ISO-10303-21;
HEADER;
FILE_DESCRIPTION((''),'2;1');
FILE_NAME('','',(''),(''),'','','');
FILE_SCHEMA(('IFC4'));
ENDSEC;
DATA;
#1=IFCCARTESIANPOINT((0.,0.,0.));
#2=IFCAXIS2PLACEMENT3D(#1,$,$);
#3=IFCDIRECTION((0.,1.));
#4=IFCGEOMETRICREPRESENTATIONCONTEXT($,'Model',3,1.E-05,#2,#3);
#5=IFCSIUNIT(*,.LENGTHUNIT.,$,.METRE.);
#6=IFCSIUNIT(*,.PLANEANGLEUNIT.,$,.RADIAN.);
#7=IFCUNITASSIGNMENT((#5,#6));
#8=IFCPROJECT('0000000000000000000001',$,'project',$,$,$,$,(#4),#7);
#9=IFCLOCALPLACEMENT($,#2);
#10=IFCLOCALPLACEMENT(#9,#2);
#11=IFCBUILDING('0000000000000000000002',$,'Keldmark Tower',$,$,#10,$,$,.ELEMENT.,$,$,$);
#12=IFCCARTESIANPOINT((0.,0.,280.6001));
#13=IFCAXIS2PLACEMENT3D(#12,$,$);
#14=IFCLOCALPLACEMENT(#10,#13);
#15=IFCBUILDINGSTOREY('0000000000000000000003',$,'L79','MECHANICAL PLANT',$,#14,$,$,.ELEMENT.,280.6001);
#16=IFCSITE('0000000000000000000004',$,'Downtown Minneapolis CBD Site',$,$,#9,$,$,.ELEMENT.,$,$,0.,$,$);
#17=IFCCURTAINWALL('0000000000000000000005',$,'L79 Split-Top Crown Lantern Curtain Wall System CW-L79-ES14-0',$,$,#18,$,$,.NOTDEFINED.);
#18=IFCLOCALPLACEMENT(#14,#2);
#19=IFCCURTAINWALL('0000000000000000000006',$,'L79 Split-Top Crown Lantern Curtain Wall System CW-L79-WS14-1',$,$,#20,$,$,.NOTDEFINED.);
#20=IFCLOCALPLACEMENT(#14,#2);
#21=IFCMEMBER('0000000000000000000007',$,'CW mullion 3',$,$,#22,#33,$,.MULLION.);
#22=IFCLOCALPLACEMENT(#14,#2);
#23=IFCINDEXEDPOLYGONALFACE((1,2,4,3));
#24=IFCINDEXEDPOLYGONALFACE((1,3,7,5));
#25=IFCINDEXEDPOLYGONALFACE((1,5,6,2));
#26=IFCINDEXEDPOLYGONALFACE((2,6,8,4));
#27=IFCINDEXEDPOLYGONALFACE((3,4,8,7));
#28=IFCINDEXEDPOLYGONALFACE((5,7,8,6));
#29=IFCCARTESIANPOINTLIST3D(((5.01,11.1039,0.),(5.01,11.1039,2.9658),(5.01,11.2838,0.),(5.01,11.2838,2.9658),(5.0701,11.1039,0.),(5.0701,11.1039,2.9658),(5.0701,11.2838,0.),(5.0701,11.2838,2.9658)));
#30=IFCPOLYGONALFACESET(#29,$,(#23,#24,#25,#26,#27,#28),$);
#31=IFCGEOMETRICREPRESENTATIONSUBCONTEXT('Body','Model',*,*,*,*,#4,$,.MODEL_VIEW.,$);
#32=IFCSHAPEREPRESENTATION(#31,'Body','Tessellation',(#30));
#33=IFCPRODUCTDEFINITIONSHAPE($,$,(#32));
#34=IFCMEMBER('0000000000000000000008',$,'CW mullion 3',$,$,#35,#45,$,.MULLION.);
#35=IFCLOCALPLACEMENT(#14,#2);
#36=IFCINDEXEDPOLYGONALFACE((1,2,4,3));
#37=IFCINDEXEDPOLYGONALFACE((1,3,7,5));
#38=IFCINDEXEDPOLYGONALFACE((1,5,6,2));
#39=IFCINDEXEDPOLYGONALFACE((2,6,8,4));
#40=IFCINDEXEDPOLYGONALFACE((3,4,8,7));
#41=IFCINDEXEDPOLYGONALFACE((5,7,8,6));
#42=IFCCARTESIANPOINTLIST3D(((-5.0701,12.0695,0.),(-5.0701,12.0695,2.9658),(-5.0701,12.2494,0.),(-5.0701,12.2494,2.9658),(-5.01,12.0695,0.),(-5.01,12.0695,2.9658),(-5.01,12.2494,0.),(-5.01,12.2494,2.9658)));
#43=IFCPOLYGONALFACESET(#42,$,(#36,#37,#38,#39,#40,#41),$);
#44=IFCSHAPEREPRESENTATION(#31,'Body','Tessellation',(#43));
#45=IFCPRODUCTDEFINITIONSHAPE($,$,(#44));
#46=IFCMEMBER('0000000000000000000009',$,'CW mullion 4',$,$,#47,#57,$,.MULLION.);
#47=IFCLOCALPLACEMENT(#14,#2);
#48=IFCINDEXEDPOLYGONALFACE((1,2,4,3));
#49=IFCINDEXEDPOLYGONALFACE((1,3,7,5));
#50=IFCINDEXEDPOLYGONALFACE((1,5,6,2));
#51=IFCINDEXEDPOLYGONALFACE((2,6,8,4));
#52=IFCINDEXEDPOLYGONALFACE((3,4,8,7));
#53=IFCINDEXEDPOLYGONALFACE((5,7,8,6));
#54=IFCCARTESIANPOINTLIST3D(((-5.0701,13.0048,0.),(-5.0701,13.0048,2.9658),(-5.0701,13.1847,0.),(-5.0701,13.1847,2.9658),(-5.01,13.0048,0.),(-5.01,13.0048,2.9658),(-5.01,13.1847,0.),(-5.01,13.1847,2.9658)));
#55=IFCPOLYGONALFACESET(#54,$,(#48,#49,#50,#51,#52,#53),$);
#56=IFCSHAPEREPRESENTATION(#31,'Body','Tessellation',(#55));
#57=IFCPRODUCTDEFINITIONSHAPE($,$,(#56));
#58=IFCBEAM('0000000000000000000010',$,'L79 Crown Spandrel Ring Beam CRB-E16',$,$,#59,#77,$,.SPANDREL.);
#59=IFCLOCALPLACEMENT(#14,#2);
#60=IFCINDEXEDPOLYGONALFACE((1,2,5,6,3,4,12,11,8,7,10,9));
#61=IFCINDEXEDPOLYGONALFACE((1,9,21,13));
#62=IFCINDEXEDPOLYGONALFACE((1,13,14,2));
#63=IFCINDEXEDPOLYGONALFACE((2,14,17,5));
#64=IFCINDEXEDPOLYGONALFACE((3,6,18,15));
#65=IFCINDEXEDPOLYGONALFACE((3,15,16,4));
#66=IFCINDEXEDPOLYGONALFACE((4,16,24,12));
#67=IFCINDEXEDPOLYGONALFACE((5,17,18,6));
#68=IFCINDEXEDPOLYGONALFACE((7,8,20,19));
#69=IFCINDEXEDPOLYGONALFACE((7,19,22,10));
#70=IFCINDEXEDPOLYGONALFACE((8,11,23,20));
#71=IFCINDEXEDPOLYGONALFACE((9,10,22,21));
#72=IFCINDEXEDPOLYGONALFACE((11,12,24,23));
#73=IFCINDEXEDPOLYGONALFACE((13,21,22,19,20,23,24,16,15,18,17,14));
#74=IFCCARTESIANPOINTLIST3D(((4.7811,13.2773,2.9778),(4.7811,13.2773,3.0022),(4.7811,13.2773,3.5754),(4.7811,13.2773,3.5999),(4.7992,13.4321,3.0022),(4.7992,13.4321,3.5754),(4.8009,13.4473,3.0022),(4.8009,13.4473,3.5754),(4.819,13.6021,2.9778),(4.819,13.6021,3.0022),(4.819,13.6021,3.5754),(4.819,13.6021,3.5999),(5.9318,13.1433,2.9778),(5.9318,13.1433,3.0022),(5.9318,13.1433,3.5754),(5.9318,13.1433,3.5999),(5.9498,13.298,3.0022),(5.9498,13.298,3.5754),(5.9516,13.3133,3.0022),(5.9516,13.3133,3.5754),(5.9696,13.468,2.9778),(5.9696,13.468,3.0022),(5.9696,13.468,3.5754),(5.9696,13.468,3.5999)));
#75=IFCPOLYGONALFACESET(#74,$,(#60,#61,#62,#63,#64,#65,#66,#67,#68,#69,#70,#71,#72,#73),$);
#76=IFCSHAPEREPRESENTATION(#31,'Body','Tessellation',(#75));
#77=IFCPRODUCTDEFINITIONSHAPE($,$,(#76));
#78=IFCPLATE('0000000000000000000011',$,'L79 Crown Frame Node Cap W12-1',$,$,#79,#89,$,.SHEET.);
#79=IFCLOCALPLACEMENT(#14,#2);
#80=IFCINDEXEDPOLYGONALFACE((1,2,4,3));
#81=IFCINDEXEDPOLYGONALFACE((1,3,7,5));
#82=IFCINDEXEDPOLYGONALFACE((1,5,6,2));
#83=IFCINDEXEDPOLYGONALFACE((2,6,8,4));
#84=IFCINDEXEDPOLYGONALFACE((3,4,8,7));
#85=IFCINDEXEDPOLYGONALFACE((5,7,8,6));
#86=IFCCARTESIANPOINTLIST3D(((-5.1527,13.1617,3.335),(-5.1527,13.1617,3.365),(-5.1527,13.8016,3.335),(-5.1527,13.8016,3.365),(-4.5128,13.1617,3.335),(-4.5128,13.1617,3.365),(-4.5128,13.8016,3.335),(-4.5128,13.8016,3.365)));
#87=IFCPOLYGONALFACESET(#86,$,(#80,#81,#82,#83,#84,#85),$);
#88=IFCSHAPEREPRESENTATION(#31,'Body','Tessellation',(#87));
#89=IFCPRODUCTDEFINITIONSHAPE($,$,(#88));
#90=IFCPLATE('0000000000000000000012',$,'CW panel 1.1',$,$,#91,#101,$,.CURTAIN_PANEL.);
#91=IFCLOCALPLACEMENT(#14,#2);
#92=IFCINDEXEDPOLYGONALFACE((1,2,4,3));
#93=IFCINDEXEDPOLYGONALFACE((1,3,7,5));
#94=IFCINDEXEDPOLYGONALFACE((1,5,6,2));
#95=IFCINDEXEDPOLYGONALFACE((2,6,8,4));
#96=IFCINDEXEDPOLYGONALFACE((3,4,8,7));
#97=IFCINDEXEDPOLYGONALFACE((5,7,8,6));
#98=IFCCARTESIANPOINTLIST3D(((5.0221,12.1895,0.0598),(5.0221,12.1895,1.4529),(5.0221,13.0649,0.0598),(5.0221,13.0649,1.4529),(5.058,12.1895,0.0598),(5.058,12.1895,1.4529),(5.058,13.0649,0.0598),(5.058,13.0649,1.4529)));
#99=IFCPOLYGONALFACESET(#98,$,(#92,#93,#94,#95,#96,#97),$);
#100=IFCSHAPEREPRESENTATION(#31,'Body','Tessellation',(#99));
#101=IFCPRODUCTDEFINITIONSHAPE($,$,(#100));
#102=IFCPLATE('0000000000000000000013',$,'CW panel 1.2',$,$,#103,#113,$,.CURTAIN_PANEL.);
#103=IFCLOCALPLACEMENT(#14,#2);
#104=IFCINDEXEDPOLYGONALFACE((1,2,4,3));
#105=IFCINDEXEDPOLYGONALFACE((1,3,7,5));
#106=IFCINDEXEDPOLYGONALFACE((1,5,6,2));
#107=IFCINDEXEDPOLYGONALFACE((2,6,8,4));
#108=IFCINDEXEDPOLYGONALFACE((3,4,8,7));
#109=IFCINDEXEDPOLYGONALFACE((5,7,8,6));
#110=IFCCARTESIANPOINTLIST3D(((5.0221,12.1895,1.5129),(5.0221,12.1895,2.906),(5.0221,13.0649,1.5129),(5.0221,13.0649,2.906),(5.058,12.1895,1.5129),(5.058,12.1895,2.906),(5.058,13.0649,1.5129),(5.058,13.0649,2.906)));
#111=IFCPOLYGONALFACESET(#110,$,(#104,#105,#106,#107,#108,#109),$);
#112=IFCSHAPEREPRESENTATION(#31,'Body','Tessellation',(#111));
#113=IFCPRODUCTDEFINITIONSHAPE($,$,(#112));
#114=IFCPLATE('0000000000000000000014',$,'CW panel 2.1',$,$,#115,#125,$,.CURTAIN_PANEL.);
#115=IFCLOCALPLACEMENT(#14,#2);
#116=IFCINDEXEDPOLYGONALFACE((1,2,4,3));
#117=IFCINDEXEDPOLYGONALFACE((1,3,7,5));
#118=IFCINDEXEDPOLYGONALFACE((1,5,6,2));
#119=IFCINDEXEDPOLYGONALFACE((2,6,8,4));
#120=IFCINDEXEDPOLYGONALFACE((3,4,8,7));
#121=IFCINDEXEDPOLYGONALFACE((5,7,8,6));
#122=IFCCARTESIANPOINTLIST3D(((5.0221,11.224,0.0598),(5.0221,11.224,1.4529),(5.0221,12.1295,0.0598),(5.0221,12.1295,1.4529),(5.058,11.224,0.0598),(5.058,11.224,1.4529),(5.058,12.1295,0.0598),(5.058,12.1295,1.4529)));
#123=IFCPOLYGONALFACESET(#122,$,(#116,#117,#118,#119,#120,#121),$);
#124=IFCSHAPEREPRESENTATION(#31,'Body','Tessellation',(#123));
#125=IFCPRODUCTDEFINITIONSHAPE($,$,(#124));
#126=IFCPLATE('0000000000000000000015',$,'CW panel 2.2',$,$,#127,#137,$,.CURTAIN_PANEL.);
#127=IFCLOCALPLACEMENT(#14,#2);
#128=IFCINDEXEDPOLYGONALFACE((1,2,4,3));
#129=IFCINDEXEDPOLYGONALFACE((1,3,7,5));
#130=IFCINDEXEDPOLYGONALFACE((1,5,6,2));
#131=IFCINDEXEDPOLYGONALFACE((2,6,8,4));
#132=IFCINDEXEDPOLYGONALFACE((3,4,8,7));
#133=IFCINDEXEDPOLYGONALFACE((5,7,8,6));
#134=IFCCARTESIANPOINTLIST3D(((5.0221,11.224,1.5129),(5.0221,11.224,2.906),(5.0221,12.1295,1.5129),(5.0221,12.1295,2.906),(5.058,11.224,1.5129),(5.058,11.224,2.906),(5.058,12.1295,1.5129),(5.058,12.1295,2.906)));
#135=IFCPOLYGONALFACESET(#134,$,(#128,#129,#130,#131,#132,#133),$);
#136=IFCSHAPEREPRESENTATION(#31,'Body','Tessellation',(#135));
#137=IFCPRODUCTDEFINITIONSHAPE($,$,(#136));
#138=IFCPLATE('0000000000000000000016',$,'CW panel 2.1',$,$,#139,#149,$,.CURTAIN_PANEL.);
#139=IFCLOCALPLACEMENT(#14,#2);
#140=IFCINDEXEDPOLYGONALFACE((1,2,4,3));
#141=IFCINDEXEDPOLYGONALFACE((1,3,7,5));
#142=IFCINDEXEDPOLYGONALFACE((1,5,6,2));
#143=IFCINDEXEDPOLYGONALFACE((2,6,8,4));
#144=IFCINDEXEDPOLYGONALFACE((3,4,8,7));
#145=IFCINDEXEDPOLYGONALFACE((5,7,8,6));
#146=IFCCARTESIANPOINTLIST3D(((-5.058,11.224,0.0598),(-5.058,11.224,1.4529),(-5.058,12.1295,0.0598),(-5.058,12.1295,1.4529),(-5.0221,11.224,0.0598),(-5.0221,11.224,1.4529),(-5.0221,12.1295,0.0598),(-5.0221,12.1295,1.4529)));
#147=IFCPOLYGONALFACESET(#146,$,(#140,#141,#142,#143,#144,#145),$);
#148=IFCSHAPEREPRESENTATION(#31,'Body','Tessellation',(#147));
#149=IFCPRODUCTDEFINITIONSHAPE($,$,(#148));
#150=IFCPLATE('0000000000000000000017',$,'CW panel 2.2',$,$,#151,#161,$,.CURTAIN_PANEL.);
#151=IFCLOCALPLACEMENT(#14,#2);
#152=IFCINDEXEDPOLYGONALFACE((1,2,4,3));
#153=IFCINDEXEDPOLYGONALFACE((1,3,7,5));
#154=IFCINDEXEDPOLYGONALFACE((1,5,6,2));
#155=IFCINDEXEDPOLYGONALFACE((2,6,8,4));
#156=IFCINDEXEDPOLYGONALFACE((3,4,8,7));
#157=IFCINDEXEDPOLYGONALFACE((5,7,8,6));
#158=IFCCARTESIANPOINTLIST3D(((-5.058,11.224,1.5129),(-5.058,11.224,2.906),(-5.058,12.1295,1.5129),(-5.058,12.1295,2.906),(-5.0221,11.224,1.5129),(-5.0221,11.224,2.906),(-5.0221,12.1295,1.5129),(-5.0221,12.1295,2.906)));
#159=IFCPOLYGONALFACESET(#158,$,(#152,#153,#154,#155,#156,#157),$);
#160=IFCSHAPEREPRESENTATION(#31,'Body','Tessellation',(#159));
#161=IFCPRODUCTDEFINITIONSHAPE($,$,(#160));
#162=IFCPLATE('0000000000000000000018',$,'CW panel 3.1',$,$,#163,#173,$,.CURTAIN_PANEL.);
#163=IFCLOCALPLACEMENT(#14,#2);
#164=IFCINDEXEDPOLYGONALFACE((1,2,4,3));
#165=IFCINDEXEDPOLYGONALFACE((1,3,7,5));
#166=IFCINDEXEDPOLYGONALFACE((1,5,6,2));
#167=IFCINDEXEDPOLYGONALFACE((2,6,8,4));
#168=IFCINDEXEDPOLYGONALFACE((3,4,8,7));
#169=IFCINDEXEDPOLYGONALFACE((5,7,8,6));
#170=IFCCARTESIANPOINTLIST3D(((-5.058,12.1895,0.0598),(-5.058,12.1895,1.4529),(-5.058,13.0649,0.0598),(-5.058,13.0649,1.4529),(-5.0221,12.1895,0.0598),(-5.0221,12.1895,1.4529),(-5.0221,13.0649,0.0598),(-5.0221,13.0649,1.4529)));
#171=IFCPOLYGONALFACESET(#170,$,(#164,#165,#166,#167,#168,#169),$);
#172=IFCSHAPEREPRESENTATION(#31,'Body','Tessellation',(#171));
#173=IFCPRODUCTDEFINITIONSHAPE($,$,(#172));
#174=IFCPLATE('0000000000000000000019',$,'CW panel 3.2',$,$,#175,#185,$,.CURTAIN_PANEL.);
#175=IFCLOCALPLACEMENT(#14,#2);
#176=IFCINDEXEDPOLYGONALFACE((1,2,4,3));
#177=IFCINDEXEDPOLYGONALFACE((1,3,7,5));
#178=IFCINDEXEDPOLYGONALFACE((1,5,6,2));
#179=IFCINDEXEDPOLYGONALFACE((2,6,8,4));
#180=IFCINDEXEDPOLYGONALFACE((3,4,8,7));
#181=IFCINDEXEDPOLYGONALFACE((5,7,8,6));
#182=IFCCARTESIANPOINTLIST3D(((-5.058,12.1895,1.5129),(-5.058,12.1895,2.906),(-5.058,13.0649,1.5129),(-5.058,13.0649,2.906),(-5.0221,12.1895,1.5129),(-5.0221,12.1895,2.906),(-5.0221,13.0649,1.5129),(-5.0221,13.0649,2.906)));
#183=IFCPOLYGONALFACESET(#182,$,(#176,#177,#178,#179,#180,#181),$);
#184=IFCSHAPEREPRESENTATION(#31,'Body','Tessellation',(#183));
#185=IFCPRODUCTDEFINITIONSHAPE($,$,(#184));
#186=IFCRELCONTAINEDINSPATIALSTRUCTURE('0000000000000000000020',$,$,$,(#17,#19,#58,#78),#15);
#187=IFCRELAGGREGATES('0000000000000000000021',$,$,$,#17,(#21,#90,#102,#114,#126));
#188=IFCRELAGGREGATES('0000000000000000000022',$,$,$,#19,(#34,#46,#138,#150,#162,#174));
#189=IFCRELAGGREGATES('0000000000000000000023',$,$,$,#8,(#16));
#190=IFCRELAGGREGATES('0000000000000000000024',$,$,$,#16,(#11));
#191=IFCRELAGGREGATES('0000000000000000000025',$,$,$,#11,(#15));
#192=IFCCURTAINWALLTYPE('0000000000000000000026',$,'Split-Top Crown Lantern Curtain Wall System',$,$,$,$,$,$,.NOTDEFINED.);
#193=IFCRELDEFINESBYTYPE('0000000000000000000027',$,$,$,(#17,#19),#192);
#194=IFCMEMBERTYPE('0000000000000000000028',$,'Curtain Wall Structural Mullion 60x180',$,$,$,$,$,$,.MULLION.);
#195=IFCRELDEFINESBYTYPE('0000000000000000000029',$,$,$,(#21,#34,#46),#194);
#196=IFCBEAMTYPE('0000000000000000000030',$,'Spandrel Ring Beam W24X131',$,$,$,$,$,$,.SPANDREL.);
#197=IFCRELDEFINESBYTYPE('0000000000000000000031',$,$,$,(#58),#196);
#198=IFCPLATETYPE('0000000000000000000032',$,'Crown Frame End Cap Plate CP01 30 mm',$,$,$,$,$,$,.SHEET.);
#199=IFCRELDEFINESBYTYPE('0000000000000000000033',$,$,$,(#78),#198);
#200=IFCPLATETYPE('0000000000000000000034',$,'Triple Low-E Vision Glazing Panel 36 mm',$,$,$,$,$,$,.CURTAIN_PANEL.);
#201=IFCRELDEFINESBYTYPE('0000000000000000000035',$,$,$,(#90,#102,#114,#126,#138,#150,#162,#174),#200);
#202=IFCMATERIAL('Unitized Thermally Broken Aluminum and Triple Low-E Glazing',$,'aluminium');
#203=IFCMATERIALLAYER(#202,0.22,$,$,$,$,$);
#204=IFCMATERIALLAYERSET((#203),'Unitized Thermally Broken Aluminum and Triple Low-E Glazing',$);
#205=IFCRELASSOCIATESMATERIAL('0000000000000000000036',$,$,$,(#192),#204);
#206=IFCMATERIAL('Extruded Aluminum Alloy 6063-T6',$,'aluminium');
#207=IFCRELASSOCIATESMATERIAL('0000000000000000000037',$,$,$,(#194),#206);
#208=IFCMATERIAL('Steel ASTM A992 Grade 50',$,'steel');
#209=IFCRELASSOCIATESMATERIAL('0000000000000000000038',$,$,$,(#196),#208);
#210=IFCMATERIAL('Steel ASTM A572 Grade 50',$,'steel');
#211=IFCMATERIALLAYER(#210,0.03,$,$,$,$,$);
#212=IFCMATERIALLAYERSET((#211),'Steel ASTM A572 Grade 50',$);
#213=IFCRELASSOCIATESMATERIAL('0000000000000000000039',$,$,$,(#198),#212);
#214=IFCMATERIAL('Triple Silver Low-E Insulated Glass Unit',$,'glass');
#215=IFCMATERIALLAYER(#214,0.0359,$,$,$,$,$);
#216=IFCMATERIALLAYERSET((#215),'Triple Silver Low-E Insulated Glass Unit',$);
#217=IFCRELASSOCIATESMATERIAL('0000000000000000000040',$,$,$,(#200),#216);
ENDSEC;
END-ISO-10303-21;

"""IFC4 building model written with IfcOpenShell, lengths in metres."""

from ifc_helpers import new_model, si_unit, direction, frame, origin, origin_2d, place, context, subcontext, project, spatial, rectangle, i_section, extrude, material, layer, layer_set, material_profile, profile_set, type_object, element, aggregate, save


model = new_model("IFC4")

# Units and contexts
model_context = context("Model", 3, precision=1e-05, world=origin(), true_north=direction((0.0, 1.0)))
body_context = subcontext(model_context, "Body", "Model", "MODEL_VIEW")
ifc_project = project(units=[si_unit("LENGTHUNIT", "METRE"), si_unit("PLANEANGLEUNIT", "RADIAN")], contexts=[model_context])

# Site, building, storey
site_placement = place(None, origin())
site = spatial("IfcSite", under=ifc_project, at=site_placement, Name="Downtown Minneapolis CBD Site", CompositionType="ELEMENT", RefElevation=0.0)
building_placement = place(site_placement, origin())
building = spatial("IfcBuilding", under=site, at=building_placement, Name="Keldmark Tower", CompositionType="ELEMENT")
storey_placement = place(building_placement, frame((0.0, 0.0, 280.6001)))
storey = spatial("IfcBuildingStorey", under=building, at=storey_placement, Name="L79", Description="MECHANICAL PLANT", CompositionType="ELEMENT", Elevation=280.6001)

# Curtain walls
ifc_material_1 = material(Name="Unitized Thermally Broken Aluminum and Triple Low-E Glazing", Category="aluminium")
ifc_layer_1 = layer(ifc_material_1, 0.22)
ifc_layer_set_1 = layer_set([ifc_layer_1], Name="Unitized Thermally Broken Aluminum and Triple Low-E Glazing")
curtain_wall_type = type_object("IfcCurtainWallType", Name="Split-Top Crown Lantern Curtain Wall System", PredefinedType="NOTDEFINED", material=ifc_layer_set_1)
curtain_wall_1_placement = place(storey_placement, origin())
curtain_wall_1 = element("IfcCurtainWall", 1, at=curtain_wall_1_placement, inside=storey, type_object=curtain_wall_type, Name="L79 Split-Top Crown Lantern Curtain Wall System CW-L79-ES14-0", PredefinedType="NOTDEFINED")
curtain_wall_2_placement = place(storey_placement, origin())
curtain_wall_2 = element("IfcCurtainWall", 2, at=curtain_wall_2_placement, inside=storey, type_object=curtain_wall_type, Name="L79 Split-Top Crown Lantern Curtain Wall System CW-L79-WS14-1", PredefinedType="NOTDEFINED")

# Members
ifc_material_2 = material(Name="Extruded Aluminum Alloy 6063-T6", Category="aluminium")
ifc_material_profile_1 = material_profile(ifc_material_2, rectangle(XDim=0.0601, YDim=0.1799, at=origin_2d()), Name="CWM60X180")
ifc_profile_set_1 = profile_set([ifc_material_profile_1], Name="Extruded Aluminum Alloy 6063-T6")
member_type_1 = type_object("IfcMemberType", Name="Curtain Wall Structural Mullion 60x180", PredefinedType="MULLION", material=ifc_profile_set_1)
member_1_placement = place(storey_placement, frame((5.04, 11.1938, 0.0), z_axis=(0.0, 0.0, 1.0), x_axis=(1.0, 0.0, 0.0)))
member_1 = element("IfcMember", 3, at=member_1_placement, type_object=member_type_1, Name="CW mullion 3", PredefinedType="MULLION", context=body_context, shape_type="SweptSolid", body=[
    extrude(rectangle(XDim=0.0601, YDim=0.1799, at=origin_2d()), origin(), (0.0, 0.0, 1.0), 2.9658),
])
member_2_placement = place(storey_placement, frame((-5.04, 12.1594, 0.0), z_axis=(0.0, 0.0, 1.0), x_axis=(-1.0, 0.0, 0.0)))
member_2 = element("IfcMember", 4, at=member_2_placement, type_object=member_type_1, Name="CW mullion 3", PredefinedType="MULLION", context=body_context, shape_type="SweptSolid", body=[
    extrude(rectangle(XDim=0.0601, YDim=0.1799, at=origin_2d()), origin(), (0.0, 0.0, 1.0), 2.9658),
])
member_3_placement = place(storey_placement, frame((-5.04, 13.0947, 0.0), z_axis=(0.0, 0.0, 1.0), x_axis=(-1.0, 0.0, 0.0)))
member_3 = element("IfcMember", 5, at=member_3_placement, type_object=member_type_1, Name="CW mullion 4", PredefinedType="MULLION", context=body_context, shape_type="SweptSolid", body=[
    extrude(rectangle(XDim=0.0601, YDim=0.1799, at=origin_2d()), origin(), (0.0, 0.0, 1.0), 2.9658),
])

# Beam
ifc_material_3 = material(Name="Steel ASTM A992 Grade 50", Category="steel")
ifc_material_profile_2 = material_profile(ifc_material_3, i_section(OverallWidth=0.3269, OverallDepth=0.6221, WebThickness=0.0154, FlangeThickness=0.0244, at=origin_2d()), Name="W24X131")
ifc_profile_set_2 = profile_set([ifc_material_profile_2], Name="Steel ASTM A992 Grade 50")
beam_type = type_object("IfcBeamType", Name="Spandrel Ring Beam W24X131", PredefinedType="SPANDREL", material=ifc_profile_set_2)
beam_placement = place(storey_placement, frame((4.8, 13.4397, 3.2888), z_axis=(0.993284, -0.115704, 0.0), x_axis=(0.115704, 0.993284, 0.0)))
element("IfcBeam", 6, at=beam_placement, inside=storey, type_object=beam_type, Name="L79 Crown Spandrel Ring Beam CRB-E16", PredefinedType="SPANDREL", context=body_context, shape_type="SweptSolid", body=[
    extrude(i_section(OverallWidth=0.3269, OverallDepth=0.6221, WebThickness=0.0154, FlangeThickness=0.0244, at=origin_2d()), origin(), (0.0, 0.0, 1.0), 1.1584),
])

# Plates
ifc_material_4 = material(Name="Steel ASTM A572 Grade 50", Category="steel")
ifc_layer_2 = layer(ifc_material_4, 0.03)
ifc_layer_set_2 = layer_set([ifc_layer_2], Name="Steel ASTM A572 Grade 50")
plate_type_1 = type_object("IfcPlateType", Name="Crown Frame End Cap Plate CP01 30 mm", PredefinedType="SHEET", material=ifc_layer_set_2)
plate_1_placement = place(storey_placement, frame((-4.8328, 13.4817, 3.335), z_axis=(0.0, 0.0, 1.0), x_axis=(1.0, 0.0, 0.0)))
element("IfcPlate", 7, at=plate_1_placement, inside=storey, type_object=plate_type_1, Name="L79 Crown Frame Node Cap W12-1", PredefinedType="SHEET", context=body_context, shape_type="SweptSolid", body=[
    extrude(rectangle(XDim=0.6399, YDim=0.6399, at=origin_2d()), origin(), (0.0, 0.0, 1.0), 0.03),
])
ifc_material_5 = material(Name="Triple Silver Low-E Insulated Glass Unit", Category="glass")
ifc_layer_3 = layer(ifc_material_5, 0.0359)
ifc_layer_set_3 = layer_set([ifc_layer_3], Name="Triple Silver Low-E Insulated Glass Unit")
plate_type_2 = type_object("IfcPlateType", Name="Triple Low-E Vision Glazing Panel 36 mm", PredefinedType="CURTAIN_PANEL", material=ifc_layer_set_3)
plate_2_placement = place(storey_placement, frame((5.04, 12.6272, 0.0598), z_axis=(0.0, 0.0, 1.0), x_axis=(0.0, -1.0, 0.0)))
plate_2 = element("IfcPlate", 8, at=plate_2_placement, type_object=plate_type_2, Name="CW panel 1.1", PredefinedType="CURTAIN_PANEL", context=body_context, shape_type="SweptSolid", body=[
    extrude(rectangle(XDim=0.8755, YDim=0.0359, at=origin_2d()), origin(), (0.0, 0.0, 1.0), 1.3931),
])
plate_3_placement = place(storey_placement, frame((5.04, 12.6272, 1.5129), z_axis=(0.0, 0.0, 1.0), x_axis=(0.0, -1.0, 0.0)))
plate_3 = element("IfcPlate", 9, at=plate_3_placement, type_object=plate_type_2, Name="CW panel 1.2", PredefinedType="CURTAIN_PANEL", context=body_context, shape_type="SweptSolid", body=[
    extrude(rectangle(XDim=0.8755, YDim=0.0359, at=origin_2d()), origin(), (0.0, 0.0, 1.0), 1.3931),
])
plate_4_placement = place(storey_placement, frame((5.04, 11.6768, 0.0598), z_axis=(0.0, 0.0, 1.0), x_axis=(0.0, -1.0, 0.0)))
plate_4 = element("IfcPlate", 10, at=plate_4_placement, type_object=plate_type_2, Name="CW panel 2.1", PredefinedType="CURTAIN_PANEL", context=body_context, shape_type="SweptSolid", body=[
    extrude(rectangle(XDim=0.9055, YDim=0.0359, at=origin_2d()), origin(), (0.0, 0.0, 1.0), 1.3931),
])
plate_5_placement = place(storey_placement, frame((5.04, 11.6768, 1.5129), z_axis=(0.0, 0.0, 1.0), x_axis=(0.0, -1.0, 0.0)))
plate_5 = element("IfcPlate", 11, at=plate_5_placement, type_object=plate_type_2, Name="CW panel 2.2", PredefinedType="CURTAIN_PANEL", context=body_context, shape_type="SweptSolid", body=[
    extrude(rectangle(XDim=0.9055, YDim=0.0359, at=origin_2d()), origin(), (0.0, 0.0, 1.0), 1.3931),
])
aggregate(curtain_wall_1, [member_1, plate_2, plate_3, plate_4, plate_5])
plate_6_placement = place(storey_placement, frame((-5.04, 11.6768, 0.0598), z_axis=(0.0, 0.0, 1.0), x_axis=(0.0, 1.0, 0.0)))
plate_6 = element("IfcPlate", 12, at=plate_6_placement, type_object=plate_type_2, Name="CW panel 2.1", PredefinedType="CURTAIN_PANEL", context=body_context, shape_type="SweptSolid", body=[
    extrude(rectangle(XDim=0.9055, YDim=0.0359, at=origin_2d()), origin(), (0.0, 0.0, 1.0), 1.3931),
])
plate_7_placement = place(storey_placement, frame((-5.04, 11.6768, 1.5129), z_axis=(0.0, 0.0, 1.0), x_axis=(0.0, 1.0, 0.0)))
plate_7 = element("IfcPlate", 13, at=plate_7_placement, type_object=plate_type_2, Name="CW panel 2.2", PredefinedType="CURTAIN_PANEL", context=body_context, shape_type="SweptSolid", body=[
    extrude(rectangle(XDim=0.9055, YDim=0.0359, at=origin_2d()), origin(), (0.0, 0.0, 1.0), 1.3931),
])
plate_8_placement = place(storey_placement, frame((-5.04, 12.6272, 0.0598), z_axis=(0.0, 0.0, 1.0), x_axis=(0.0, 1.0, 0.0)))
plate_8 = element("IfcPlate", 14, at=plate_8_placement, type_object=plate_type_2, Name="CW panel 3.1", PredefinedType="CURTAIN_PANEL", context=body_context, shape_type="SweptSolid", body=[
    extrude(rectangle(XDim=0.8755, YDim=0.0359, at=origin_2d()), origin(), (0.0, 0.0, 1.0), 1.3931),
])
plate_9_placement = place(storey_placement, frame((-5.04, 12.6272, 1.5129), z_axis=(0.0, 0.0, 1.0), x_axis=(0.0, 1.0, 0.0)))
plate_9 = element("IfcPlate", 15, at=plate_9_placement, type_object=plate_type_2, Name="CW panel 3.2", PredefinedType="CURTAIN_PANEL", context=body_context, shape_type="SweptSolid", body=[
    extrude(rectangle(XDim=0.8755, YDim=0.0359, at=origin_2d()), origin(), (0.0, 0.0, 1.0), 1.3931),
])
aggregate(curtain_wall_2, [member_2, member_3, plate_6, plate_7, plate_8, plate_9])

save(model, "model.ifc")
